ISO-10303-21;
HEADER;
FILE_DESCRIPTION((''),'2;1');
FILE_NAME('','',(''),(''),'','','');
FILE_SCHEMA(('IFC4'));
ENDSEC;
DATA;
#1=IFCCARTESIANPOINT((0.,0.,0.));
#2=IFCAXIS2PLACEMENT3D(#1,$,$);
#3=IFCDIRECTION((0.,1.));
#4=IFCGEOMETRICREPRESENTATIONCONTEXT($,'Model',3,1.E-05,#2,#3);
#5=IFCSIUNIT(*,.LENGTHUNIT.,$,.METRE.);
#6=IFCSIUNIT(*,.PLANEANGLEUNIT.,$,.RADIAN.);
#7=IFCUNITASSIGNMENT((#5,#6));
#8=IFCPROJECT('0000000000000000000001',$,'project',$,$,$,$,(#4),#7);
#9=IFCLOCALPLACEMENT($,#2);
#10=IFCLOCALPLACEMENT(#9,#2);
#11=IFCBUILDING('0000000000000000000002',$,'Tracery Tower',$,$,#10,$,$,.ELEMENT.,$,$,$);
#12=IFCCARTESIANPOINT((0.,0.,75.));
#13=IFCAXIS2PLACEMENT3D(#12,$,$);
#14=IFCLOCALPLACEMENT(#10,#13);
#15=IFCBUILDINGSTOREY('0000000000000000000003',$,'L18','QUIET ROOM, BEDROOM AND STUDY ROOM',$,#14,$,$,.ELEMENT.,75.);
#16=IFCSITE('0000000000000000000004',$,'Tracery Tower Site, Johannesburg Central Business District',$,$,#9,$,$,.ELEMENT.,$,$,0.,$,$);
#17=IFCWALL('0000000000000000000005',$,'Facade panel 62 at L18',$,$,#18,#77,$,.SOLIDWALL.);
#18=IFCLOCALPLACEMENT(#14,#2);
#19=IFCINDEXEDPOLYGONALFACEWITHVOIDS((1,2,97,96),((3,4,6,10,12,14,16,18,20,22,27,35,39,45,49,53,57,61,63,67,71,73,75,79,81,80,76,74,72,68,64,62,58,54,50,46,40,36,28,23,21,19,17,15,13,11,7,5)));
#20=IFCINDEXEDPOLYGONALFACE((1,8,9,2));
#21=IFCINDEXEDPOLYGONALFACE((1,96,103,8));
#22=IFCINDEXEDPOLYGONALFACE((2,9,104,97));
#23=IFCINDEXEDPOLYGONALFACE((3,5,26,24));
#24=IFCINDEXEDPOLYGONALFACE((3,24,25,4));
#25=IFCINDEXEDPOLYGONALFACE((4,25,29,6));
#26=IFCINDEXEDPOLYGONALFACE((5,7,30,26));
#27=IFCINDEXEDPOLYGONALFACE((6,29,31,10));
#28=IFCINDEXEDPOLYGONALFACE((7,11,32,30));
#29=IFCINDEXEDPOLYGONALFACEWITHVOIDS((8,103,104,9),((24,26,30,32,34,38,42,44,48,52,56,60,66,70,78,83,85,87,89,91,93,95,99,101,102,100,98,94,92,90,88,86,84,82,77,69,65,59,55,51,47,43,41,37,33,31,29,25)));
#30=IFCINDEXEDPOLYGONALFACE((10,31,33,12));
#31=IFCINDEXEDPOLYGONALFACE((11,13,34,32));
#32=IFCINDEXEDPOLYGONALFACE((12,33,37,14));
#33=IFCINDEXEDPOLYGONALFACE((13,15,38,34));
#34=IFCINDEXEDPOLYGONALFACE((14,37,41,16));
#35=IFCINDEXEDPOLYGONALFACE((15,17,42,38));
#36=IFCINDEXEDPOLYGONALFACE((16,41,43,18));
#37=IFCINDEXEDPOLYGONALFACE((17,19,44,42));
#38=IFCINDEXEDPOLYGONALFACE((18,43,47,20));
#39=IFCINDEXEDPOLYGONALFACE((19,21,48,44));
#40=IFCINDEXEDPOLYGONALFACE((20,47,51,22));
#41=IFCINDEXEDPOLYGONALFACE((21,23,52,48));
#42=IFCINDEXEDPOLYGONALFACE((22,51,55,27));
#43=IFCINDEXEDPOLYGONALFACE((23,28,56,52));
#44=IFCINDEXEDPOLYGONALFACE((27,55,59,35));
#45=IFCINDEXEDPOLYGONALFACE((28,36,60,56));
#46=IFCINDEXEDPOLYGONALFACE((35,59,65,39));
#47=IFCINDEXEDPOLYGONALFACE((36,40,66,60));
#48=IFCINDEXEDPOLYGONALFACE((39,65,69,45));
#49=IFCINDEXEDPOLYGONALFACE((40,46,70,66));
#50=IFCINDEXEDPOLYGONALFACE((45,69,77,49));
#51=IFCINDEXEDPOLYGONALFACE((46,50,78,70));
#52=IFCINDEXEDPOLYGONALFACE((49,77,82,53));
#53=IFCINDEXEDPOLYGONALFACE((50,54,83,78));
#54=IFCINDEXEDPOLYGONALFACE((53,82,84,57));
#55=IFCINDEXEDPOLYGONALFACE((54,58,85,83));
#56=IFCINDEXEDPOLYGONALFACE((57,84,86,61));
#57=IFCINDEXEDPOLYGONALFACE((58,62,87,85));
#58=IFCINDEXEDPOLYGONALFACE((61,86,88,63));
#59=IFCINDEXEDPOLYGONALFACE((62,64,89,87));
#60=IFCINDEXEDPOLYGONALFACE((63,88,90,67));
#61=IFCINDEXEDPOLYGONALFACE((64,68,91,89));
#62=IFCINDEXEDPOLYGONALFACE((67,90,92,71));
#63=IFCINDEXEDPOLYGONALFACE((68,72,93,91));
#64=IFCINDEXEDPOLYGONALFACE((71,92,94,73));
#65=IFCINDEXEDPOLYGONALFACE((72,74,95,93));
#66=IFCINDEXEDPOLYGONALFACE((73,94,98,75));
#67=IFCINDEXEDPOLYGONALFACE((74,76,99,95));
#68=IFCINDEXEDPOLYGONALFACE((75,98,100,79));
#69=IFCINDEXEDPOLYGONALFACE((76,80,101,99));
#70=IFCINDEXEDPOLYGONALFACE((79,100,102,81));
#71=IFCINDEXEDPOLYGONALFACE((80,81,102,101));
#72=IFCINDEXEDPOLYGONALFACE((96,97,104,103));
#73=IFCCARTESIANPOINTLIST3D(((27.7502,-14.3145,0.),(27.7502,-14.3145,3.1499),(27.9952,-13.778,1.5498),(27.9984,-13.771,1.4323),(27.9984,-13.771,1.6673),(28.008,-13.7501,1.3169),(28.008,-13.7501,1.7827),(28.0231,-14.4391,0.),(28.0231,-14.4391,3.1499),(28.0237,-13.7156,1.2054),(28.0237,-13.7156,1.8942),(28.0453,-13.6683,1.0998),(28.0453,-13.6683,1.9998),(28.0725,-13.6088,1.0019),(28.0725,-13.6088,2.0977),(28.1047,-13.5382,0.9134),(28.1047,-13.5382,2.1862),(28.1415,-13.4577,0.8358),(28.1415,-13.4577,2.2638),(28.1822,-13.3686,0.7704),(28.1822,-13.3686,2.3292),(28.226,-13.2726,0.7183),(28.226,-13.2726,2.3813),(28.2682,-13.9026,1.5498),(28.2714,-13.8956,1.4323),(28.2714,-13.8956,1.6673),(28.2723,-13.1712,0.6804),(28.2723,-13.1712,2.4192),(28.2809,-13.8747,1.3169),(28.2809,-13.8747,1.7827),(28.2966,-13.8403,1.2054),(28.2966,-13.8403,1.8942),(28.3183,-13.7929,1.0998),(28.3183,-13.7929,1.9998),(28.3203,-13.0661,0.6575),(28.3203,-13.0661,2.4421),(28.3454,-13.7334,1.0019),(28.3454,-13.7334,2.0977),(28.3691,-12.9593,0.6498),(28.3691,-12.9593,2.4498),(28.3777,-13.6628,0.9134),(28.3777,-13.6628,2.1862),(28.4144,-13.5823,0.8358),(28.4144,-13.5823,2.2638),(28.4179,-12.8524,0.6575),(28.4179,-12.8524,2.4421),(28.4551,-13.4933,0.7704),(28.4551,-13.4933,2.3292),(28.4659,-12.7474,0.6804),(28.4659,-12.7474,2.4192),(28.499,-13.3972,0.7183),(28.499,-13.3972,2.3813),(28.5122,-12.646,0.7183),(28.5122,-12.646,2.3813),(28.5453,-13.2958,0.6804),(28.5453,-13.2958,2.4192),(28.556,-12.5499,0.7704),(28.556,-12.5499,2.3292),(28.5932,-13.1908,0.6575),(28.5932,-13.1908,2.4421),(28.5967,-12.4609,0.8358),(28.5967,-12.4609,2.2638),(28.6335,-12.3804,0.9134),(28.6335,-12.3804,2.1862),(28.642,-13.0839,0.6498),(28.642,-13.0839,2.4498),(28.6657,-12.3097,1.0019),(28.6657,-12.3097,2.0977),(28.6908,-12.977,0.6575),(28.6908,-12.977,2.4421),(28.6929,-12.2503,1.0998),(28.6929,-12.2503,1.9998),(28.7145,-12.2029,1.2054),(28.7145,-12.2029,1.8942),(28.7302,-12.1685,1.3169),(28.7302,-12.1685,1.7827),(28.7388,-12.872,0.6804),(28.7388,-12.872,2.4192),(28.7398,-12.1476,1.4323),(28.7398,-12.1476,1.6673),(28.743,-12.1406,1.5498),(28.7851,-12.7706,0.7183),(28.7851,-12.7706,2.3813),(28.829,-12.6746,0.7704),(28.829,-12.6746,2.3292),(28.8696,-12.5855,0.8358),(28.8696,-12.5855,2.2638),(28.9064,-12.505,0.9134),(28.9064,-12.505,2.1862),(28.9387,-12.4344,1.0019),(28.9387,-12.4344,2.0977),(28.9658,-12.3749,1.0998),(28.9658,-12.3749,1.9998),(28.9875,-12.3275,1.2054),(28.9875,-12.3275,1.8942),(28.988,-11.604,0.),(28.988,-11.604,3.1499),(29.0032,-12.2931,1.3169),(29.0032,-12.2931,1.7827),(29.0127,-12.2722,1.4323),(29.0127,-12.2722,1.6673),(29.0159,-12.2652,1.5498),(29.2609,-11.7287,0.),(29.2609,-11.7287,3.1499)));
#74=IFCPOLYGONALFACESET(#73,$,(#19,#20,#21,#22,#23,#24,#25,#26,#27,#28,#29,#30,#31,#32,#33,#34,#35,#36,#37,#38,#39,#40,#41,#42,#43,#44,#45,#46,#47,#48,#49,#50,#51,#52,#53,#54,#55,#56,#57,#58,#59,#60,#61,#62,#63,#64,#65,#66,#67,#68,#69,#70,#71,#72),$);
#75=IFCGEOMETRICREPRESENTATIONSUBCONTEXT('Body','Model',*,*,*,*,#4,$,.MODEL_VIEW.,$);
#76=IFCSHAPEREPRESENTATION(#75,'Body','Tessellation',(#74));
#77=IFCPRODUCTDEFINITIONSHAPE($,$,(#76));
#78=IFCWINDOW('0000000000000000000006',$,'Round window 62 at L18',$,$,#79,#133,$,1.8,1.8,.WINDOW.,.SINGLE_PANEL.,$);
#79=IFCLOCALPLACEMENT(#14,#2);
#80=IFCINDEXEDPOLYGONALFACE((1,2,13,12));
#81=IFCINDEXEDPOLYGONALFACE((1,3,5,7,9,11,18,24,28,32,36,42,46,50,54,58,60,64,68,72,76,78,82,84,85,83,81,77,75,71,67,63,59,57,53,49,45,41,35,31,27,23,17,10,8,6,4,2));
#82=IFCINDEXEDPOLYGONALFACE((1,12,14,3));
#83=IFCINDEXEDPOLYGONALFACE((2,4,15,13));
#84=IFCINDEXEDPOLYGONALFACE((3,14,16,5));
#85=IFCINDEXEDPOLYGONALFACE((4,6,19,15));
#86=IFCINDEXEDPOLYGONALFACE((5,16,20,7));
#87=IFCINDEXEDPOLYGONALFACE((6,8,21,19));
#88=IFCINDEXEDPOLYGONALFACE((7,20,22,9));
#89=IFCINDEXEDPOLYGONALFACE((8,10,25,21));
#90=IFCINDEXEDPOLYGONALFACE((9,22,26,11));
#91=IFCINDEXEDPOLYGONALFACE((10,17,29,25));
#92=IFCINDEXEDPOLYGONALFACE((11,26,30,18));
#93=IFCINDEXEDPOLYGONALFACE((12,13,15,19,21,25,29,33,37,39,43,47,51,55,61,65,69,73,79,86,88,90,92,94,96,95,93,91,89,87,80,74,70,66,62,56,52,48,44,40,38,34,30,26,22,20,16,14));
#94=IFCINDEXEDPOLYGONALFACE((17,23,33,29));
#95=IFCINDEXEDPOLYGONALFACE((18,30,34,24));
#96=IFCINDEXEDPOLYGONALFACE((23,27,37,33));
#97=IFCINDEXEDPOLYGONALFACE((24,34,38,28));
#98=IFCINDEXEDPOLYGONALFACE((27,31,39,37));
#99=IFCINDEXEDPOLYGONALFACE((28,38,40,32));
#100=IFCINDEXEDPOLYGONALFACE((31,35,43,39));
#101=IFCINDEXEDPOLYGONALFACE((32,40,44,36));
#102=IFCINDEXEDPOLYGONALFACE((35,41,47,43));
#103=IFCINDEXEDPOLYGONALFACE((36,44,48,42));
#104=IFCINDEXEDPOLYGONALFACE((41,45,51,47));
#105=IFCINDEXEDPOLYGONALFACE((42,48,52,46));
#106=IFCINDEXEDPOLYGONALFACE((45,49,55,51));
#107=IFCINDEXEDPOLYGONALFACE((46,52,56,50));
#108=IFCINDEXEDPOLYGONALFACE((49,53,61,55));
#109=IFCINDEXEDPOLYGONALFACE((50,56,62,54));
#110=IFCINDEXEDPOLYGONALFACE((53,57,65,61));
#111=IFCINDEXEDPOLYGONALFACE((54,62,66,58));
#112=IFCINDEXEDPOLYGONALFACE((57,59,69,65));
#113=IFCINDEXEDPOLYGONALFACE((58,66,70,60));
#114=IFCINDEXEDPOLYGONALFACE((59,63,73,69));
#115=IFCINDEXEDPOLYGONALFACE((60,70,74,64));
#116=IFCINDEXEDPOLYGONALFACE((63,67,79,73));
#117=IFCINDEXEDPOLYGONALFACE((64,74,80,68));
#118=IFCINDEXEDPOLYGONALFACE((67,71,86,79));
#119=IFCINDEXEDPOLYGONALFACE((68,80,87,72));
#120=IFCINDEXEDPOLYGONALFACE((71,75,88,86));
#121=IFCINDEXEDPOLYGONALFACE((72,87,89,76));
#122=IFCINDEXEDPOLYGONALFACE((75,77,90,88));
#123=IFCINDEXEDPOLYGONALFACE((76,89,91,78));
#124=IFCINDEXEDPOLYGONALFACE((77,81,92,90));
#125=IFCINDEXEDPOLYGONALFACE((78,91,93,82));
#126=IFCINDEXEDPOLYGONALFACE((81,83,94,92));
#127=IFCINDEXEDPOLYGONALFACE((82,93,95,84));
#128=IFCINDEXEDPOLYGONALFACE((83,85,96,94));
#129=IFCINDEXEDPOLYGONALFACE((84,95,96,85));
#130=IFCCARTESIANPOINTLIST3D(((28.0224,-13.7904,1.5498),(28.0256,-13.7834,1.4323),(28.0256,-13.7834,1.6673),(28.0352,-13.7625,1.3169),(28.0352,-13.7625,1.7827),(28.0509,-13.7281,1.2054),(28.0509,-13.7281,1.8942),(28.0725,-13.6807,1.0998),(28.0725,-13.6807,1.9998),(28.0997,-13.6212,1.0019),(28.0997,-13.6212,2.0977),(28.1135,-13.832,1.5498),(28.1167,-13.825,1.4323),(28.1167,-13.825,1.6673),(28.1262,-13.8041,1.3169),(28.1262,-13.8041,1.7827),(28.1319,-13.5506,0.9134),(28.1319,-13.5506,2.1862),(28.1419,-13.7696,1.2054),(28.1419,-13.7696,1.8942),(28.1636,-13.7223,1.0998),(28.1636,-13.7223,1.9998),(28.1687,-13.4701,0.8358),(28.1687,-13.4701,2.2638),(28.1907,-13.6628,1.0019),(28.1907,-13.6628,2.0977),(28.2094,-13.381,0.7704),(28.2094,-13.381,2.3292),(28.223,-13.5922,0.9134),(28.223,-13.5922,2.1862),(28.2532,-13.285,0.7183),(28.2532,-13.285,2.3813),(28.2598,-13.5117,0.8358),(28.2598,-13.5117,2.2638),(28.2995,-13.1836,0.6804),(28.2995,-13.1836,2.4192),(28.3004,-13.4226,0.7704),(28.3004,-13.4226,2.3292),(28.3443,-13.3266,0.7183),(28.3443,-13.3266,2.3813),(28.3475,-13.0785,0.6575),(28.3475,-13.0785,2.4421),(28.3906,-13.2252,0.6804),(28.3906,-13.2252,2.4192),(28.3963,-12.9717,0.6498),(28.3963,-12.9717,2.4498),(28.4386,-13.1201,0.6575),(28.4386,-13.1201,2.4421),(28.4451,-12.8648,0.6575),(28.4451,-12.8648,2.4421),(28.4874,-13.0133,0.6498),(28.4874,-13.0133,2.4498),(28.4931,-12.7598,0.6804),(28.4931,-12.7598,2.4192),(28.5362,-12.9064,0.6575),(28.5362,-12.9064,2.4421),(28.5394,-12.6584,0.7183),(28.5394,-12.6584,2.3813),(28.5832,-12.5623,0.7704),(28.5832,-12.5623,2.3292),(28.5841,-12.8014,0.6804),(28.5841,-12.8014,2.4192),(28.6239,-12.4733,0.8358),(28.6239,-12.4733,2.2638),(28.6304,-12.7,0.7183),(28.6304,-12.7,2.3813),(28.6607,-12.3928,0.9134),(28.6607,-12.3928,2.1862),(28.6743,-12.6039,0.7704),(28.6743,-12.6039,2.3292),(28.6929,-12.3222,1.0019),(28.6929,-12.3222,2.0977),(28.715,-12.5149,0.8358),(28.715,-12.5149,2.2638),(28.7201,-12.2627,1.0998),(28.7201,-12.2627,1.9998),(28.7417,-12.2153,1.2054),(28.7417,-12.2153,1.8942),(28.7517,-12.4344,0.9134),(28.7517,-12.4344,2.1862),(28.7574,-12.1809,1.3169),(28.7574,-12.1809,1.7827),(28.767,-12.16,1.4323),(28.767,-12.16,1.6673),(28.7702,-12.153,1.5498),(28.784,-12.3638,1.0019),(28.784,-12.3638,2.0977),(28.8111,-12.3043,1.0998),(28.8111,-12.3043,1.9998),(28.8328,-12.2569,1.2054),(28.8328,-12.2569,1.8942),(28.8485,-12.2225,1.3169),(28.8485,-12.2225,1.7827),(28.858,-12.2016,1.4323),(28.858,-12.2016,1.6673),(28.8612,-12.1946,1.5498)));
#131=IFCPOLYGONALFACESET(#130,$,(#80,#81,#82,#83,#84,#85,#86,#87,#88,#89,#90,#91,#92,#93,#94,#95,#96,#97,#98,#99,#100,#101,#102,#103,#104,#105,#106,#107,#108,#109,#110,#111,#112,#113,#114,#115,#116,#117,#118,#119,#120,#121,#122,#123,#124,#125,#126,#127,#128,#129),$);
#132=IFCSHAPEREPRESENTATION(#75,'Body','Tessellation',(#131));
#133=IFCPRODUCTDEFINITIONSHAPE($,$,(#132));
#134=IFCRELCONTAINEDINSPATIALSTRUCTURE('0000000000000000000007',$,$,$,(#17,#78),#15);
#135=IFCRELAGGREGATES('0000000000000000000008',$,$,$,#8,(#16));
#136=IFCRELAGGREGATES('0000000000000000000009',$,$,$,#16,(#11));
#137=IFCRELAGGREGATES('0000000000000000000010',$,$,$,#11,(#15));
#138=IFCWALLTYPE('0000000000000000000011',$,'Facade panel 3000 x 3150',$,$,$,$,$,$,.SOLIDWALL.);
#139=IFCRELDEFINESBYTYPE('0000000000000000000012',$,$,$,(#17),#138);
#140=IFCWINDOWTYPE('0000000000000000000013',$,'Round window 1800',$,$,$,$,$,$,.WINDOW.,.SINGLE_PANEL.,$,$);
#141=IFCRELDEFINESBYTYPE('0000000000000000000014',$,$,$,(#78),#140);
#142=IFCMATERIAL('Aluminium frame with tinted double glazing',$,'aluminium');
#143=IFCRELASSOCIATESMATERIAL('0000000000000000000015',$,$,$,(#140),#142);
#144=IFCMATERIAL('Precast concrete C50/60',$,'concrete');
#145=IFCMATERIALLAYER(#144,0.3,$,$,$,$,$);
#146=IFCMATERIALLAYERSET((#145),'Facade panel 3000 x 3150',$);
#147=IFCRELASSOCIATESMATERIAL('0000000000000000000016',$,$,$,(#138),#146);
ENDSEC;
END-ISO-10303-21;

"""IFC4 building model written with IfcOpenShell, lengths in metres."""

from ifc_helpers import new_model, si_unit, direction, frame, frame_2d, origin, origin_2d, place, context, subcontext, project, spatial, rectangle, circle, extrude, material, layer, layer_set, type_object, element, fill, save


model = new_model("IFC4")

# Units and contexts
model_context = context("Model", 3, precision=1e-05, world=origin(), true_north=direction((0.0, 1.0)))
body_context = subcontext(model_context, "Body", "Model", "MODEL_VIEW")
ifc_project = project(units=[si_unit("LENGTHUNIT", "METRE"), si_unit("PLANEANGLEUNIT", "RADIAN")], contexts=[model_context])

# Site, building, storey
site_placement = place(None, origin())
site = spatial("IfcSite", under=ifc_project, at=site_placement, Name="Tracery Tower Site, Johannesburg Central Business District", CompositionType="ELEMENT", RefElevation=0.0)
building_placement = place(site_placement, origin())
building = spatial("IfcBuilding", under=site, at=building_placement, Name="Tracery Tower", CompositionType="ELEMENT")
storey_placement = place(building_placement, frame((0.0, 0.0, 75.0)))
storey = spatial("IfcBuildingStorey", under=building, at=storey_placement, Name="L18", Description="QUIET ROOM, BEDROOM AND STUDY ROOM", CompositionType="ELEMENT", Elevation=75.0)

# Wall, opening, window
ifc_material_1 = material(Name="Aluminium frame with tinted double glazing", Category="aluminium")
window_type = type_object("IfcWindowType", Name="Round window 1800", PartitioningType="SINGLE_PANEL", PredefinedType="WINDOW", material=ifc_material_1)
ifc_material_2 = material(Name="Precast concrete C50/60", Category="concrete")
ifc_layer_1 = layer(ifc_material_2, 0.3)
ifc_layer_set_1 = layer_set([ifc_layer_1], Name="Facade panel 3000 x 3150")
wall_type_1 = type_object("IfcWallType", Name="Facade panel 3000 x 3150", PredefinedType="SOLIDWALL", material=ifc_layer_set_1)
wall_1_placement = place(storey_placement, frame((27.8867, -14.3767, 0.0), z_axis=(0.0, 0.0, 1.0), x_axis=(0.415407, 0.909636, 0.0)))
wall_1 = element("IfcWall", 1, at=wall_1_placement, inside=storey, type_object=wall_type_1, Name="Facade panel 62 at L18", PredefinedType="SOLIDWALL", context=body_context, shape_type="SweptSolid", body=[
    extrude(rectangle(XDim=2.9797, YDim=0.3, at=frame_2d((1.4897, 0.0))), origin(), (0.0, 0.0, 1.0), 3.1499),
])
opening_1_placement = place(wall_1_placement, frame((1.4897, 0.0, 1.5498)))
opening_1 = element("IfcOpeningElement", 2, at=opening_1_placement, cuts=wall_1, PredefinedType="OPENING", context=body_context, shape_type="SweptSolid", body=[
    extrude(circle(Radius=0.9, at=origin_2d()), frame((0.0, 0.1599, 0.0), z_axis=(0.0, -1.0, 0.0), x_axis=(1.0, 0.0, 0.0)), (0.0, 0.0, 1.0), 0.3201),
])
window_1_placement = place(opening_1_placement, origin())
window_1 = element("IfcWindow", 3, at=window_1_placement, inside=storey, type_object=window_type, Name="Round window 62 at L18", OverallHeight=1.8, OverallWidth=1.8, PartitioningType="SINGLE_PANEL", PredefinedType="WINDOW", context=body_context, shape_type="SweptSolid", body=[
    extrude(circle(Radius=0.9, at=origin_2d()), frame((0.0, 0.1201, 0.0), z_axis=(0.0, -1.0, 0.0), x_axis=(1.0, 0.0, 0.0)), (0.0, 0.0, 1.0), 0.1001),
])
fill(opening_1, window_1)

save(model, "model.ifc")
